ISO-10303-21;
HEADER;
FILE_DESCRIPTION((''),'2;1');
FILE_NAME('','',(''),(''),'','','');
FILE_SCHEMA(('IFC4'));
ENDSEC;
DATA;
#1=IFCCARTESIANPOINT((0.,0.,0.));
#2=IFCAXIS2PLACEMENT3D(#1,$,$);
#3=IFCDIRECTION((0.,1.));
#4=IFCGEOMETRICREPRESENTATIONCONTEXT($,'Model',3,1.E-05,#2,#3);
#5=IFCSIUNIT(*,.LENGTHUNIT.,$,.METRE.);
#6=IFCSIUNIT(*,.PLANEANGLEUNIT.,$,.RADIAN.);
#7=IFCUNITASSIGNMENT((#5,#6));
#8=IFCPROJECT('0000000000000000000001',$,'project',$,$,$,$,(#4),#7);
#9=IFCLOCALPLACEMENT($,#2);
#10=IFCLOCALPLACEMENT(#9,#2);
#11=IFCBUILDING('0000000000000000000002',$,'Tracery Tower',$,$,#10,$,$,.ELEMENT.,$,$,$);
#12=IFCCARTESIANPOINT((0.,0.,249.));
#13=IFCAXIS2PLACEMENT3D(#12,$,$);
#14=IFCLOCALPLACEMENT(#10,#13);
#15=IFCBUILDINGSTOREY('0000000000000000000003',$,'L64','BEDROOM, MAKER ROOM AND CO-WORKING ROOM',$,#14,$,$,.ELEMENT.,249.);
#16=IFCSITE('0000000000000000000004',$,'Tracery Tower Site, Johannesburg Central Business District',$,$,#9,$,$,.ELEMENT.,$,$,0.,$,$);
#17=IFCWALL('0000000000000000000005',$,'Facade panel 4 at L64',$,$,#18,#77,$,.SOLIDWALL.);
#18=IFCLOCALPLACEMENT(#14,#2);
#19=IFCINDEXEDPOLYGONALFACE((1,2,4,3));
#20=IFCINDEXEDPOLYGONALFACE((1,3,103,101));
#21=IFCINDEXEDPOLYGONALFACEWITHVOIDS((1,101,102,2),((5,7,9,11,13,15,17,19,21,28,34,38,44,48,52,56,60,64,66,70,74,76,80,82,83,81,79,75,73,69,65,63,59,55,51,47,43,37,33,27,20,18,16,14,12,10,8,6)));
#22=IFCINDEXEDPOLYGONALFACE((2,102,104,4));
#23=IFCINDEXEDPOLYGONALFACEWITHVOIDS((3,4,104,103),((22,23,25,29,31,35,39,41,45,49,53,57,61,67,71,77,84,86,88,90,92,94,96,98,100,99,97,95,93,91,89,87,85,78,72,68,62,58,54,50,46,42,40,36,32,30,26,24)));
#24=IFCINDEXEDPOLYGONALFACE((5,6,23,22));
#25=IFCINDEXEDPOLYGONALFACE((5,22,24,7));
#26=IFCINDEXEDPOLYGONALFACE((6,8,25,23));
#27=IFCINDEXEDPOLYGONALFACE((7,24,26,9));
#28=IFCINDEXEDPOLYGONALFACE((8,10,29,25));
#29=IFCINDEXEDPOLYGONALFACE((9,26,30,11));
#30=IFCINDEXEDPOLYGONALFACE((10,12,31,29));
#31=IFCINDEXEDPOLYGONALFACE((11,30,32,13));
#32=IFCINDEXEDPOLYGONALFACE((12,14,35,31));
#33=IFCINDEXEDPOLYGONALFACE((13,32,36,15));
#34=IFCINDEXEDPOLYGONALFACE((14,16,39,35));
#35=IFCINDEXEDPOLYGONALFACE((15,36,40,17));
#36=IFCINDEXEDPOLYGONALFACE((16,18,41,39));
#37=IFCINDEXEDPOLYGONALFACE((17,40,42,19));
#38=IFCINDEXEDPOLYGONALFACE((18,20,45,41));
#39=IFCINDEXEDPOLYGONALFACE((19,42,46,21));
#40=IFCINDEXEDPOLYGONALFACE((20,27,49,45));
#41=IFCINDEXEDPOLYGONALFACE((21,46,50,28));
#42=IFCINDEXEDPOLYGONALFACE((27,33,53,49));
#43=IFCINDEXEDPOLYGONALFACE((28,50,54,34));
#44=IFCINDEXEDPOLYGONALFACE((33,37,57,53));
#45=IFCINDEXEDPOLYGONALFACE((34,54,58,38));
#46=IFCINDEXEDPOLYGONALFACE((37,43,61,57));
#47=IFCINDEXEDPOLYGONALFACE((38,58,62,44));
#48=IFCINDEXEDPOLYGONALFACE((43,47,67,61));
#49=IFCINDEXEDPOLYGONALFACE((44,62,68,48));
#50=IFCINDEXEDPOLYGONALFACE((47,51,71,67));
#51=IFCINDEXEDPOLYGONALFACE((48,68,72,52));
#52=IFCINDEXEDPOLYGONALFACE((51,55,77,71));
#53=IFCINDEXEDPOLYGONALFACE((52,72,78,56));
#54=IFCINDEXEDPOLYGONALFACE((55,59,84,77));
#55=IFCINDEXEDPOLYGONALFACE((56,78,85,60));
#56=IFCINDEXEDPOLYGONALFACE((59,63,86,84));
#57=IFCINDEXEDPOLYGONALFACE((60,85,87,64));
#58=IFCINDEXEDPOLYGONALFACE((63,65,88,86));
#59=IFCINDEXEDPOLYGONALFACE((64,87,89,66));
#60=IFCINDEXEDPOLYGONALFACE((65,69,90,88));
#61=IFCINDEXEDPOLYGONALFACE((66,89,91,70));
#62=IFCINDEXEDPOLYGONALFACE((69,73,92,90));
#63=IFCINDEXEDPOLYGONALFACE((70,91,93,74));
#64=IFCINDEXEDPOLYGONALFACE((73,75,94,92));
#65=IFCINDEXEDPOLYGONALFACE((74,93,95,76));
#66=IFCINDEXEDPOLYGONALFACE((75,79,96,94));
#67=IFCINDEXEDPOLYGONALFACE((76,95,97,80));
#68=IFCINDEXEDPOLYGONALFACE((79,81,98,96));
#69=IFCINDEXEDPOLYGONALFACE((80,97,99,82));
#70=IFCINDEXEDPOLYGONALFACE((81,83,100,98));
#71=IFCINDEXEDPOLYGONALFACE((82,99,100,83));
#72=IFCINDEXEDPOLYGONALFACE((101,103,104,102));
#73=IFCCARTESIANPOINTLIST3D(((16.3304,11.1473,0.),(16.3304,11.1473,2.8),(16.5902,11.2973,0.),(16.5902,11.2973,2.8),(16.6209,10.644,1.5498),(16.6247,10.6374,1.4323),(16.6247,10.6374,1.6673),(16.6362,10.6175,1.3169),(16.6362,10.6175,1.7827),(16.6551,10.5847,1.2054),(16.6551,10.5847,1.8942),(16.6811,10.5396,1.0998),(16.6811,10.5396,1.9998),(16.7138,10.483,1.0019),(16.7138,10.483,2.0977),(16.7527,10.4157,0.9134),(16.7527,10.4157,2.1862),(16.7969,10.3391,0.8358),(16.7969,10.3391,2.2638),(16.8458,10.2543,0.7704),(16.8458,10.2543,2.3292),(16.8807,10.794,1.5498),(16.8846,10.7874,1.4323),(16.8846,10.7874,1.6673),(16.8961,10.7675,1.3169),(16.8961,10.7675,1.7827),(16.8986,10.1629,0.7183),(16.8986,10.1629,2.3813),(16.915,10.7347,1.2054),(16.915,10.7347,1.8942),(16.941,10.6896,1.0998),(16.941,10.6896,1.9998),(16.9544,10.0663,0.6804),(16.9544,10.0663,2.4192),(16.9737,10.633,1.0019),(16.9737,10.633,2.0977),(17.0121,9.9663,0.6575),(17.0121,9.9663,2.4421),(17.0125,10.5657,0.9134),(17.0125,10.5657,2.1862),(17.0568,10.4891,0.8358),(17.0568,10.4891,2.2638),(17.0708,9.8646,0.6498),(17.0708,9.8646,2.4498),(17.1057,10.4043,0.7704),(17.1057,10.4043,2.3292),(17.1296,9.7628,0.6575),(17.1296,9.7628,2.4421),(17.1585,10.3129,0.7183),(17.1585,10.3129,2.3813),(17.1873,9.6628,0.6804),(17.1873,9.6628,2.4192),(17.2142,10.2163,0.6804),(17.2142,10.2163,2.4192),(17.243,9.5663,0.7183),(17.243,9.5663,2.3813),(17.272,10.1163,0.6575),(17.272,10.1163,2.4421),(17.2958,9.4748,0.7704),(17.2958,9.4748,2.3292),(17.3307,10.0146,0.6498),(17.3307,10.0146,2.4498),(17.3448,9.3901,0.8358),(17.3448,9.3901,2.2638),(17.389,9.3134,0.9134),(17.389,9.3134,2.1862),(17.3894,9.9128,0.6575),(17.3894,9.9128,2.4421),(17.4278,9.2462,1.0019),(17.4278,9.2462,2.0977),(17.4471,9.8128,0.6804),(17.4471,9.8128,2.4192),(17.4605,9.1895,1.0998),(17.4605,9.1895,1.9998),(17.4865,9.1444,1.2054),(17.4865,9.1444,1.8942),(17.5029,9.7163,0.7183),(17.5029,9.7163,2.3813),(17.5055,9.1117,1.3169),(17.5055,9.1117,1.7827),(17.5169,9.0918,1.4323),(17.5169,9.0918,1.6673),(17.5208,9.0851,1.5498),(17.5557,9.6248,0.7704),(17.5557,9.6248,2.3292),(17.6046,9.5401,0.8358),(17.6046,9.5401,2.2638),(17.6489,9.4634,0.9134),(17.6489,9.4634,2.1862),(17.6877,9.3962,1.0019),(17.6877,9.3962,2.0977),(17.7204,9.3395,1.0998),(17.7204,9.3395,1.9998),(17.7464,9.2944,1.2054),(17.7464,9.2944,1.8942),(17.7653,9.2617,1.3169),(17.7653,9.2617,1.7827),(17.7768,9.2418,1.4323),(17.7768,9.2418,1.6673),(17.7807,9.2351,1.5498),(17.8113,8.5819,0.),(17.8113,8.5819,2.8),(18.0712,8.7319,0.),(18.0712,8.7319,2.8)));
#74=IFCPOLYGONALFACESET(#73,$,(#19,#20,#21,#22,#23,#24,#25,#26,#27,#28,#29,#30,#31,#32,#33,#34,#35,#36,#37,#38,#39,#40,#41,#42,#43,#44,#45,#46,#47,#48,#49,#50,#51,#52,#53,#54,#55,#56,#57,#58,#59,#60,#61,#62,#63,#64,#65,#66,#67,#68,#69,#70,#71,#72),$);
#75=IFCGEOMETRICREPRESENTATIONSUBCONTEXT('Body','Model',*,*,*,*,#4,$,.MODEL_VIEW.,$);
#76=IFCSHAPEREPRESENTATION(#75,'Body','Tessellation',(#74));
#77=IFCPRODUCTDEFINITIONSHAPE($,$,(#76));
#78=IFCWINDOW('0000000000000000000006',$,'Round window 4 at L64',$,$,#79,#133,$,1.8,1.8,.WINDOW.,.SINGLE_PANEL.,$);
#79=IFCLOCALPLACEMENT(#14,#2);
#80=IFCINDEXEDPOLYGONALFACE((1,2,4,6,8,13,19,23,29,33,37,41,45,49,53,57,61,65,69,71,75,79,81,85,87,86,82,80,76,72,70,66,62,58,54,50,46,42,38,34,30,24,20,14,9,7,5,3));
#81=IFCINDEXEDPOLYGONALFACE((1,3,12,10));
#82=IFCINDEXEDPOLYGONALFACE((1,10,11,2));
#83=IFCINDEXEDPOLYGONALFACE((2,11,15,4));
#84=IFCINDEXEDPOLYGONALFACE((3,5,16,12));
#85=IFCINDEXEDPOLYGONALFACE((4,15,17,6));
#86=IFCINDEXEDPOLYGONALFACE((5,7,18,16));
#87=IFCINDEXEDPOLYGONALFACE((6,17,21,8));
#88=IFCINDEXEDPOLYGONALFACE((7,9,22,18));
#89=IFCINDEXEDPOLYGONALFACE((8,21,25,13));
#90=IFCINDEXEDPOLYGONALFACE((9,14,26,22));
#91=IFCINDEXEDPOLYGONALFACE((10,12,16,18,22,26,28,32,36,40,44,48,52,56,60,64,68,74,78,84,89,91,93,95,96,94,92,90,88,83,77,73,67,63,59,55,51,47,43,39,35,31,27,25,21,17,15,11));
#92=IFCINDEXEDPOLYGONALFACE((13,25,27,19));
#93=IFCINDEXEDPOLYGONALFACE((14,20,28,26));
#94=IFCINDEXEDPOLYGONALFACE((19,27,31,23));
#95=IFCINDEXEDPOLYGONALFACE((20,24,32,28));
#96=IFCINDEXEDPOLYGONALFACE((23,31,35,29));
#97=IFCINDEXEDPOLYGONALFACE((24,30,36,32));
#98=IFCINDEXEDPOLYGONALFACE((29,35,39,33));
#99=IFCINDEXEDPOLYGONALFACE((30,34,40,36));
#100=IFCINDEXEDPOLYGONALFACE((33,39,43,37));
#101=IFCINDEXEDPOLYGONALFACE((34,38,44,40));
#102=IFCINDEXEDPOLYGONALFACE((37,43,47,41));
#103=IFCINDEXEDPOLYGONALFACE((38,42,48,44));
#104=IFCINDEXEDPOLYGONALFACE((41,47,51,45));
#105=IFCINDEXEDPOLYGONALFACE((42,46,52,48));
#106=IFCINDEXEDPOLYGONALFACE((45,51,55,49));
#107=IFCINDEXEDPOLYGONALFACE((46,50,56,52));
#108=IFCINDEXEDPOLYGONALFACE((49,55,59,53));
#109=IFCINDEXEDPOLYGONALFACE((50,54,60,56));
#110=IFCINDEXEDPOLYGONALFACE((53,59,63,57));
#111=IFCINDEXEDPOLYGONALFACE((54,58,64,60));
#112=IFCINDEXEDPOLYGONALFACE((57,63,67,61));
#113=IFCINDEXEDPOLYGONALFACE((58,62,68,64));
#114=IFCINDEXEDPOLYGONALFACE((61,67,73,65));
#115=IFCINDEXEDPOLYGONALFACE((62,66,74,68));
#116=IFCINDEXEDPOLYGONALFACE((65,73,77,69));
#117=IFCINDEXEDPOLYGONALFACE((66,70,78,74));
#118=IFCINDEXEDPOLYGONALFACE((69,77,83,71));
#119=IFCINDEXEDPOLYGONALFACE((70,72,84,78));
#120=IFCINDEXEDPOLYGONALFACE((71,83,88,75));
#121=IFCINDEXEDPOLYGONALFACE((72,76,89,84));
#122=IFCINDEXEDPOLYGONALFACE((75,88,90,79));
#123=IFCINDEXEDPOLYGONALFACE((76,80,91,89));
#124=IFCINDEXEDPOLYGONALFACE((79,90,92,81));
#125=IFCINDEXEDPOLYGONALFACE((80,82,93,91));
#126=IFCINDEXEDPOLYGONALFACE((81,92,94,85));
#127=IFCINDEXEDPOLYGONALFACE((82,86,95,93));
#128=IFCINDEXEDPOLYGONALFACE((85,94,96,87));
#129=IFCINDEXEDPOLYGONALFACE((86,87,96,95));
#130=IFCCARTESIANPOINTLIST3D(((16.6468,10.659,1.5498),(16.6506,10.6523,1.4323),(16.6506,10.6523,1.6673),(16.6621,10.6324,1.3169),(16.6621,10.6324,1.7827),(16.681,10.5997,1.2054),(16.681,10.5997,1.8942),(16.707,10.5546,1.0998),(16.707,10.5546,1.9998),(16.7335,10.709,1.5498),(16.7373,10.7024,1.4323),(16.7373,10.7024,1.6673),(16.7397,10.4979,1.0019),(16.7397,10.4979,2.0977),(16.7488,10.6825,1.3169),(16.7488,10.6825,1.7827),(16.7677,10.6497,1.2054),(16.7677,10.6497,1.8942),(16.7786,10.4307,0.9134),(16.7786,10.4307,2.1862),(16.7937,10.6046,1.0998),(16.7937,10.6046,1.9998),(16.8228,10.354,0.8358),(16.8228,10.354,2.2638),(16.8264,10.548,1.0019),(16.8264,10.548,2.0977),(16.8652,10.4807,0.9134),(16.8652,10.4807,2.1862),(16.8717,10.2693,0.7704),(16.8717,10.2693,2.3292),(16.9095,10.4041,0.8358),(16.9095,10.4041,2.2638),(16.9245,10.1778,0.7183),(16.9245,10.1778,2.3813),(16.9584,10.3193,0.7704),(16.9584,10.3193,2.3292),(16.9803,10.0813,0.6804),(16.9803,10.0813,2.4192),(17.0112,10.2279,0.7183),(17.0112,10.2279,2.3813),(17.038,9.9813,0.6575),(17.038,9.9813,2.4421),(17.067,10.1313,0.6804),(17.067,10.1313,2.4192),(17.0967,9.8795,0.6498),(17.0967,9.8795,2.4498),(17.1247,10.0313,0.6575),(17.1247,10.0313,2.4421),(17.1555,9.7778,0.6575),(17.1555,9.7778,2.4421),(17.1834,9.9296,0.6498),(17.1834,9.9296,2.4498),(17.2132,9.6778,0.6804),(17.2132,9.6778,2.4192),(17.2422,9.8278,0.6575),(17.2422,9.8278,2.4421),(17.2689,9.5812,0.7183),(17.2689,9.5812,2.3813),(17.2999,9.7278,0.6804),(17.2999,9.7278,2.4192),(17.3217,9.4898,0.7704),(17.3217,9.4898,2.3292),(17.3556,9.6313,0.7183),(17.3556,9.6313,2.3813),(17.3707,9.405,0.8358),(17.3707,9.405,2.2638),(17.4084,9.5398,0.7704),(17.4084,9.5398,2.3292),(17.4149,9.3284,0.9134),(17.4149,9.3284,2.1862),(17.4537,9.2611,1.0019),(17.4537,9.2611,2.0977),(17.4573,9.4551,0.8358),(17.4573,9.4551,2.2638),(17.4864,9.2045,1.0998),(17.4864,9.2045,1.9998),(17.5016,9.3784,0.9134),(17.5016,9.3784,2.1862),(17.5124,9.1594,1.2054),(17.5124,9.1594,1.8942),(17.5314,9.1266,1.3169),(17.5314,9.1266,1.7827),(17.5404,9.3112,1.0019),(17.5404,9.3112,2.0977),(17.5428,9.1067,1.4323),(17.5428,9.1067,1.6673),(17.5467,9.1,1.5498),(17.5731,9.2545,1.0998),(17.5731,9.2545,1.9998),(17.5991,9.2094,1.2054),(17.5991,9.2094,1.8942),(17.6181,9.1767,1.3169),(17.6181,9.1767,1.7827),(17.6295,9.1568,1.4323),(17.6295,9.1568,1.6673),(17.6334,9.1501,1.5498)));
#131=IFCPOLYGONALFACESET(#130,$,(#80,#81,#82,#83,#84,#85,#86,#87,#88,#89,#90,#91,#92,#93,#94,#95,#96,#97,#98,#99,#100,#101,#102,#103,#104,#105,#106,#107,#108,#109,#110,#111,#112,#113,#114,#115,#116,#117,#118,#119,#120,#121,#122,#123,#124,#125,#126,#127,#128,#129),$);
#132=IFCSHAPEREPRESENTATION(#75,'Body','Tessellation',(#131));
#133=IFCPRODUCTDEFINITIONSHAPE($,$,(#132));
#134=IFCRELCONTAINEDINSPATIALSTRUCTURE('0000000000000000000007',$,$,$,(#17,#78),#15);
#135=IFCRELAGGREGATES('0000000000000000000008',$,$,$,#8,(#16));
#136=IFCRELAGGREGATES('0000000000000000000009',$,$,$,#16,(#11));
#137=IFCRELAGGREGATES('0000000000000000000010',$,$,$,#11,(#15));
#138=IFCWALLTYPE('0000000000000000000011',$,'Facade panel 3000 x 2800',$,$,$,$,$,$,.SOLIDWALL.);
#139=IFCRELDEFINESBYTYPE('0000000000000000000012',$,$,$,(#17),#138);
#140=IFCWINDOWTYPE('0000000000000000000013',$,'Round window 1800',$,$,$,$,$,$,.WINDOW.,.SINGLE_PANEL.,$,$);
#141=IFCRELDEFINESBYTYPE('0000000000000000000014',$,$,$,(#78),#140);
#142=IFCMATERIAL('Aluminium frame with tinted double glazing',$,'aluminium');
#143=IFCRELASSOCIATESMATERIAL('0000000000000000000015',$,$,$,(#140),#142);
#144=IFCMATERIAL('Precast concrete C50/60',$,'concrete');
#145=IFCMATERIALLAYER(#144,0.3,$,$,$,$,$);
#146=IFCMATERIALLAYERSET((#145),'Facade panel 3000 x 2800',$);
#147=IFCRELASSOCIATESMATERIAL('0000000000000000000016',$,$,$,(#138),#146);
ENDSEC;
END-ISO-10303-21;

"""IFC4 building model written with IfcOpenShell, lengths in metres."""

from ifc_helpers import new_model, si_unit, direction, frame, frame_2d, origin, origin_2d, place, context, subcontext, project, spatial, rectangle, circle, extrude, material, layer, layer_set, type_object, element, fill, save


model = new_model("IFC4")

# Units and contexts
model_context = context("Model", 3, precision=1e-05, world=origin(), true_north=direction((0.0, 1.0)))
body_context = subcontext(model_context, "Body", "Model", "MODEL_VIEW")
ifc_project = project(units=[si_unit("LENGTHUNIT", "METRE"), si_unit("PLANEANGLEUNIT", "RADIAN")], contexts=[model_context])

# Site, building, storey
site_placement = place(None, origin())
site = spatial("IfcSite", under=ifc_project, at=site_placement, Name="Tracery Tower Site, Johannesburg Central Business District", CompositionType="ELEMENT", RefElevation=0.0)
building_placement = place(site_placement, origin())
building = spatial("IfcBuilding", under=site, at=building_placement, Name="Tracery Tower", CompositionType="ELEMENT")
storey_placement = place(building_placement, frame((0.0, 0.0, 249.0)))
storey = spatial("IfcBuildingStorey", under=building, at=storey_placement, Name="L64", Description="BEDROOM, MAKER ROOM AND CO-WORKING ROOM", CompositionType="ELEMENT", Elevation=249.0)

# Wall, opening, window
ifc_material_1 = material(Name="Aluminium frame with tinted double glazing", Category="aluminium")
window_type = type_object("IfcWindowType", Name="Round window 1800", PartitioningType="SINGLE_PANEL", PredefinedType="WINDOW", material=ifc_material_1)
ifc_material_2 = material(Name="Precast concrete C50/60", Category="concrete")
ifc_layer_1 = layer(ifc_material_2, 0.3)
ifc_layer_set_1 = layer_set([ifc_layer_1], Name="Facade panel 3000 x 2800")
wall_type_1 = type_object("IfcWallType", Name="Facade panel 3000 x 2800", PredefinedType="SOLIDWALL", material=ifc_layer_set_1)
wall_1_placement = place(storey_placement, frame((17.9412, 8.657, 0.0), z_axis=(0.0, 0.0, 1.0), x_axis=(-0.499951, 0.866054, 0.0)))
wall_1 = element("IfcWall", 1, at=wall_1_placement, inside=storey, type_object=wall_type_1, Name="Facade panel 4 at L64", PredefinedType="SOLIDWALL", context=body_context, shape_type="SweptSolid", body=[
    extrude(rectangle(XDim=2.9622, YDim=0.3, at=frame_2d((1.481, 0.0))), origin(), (0.0, 0.0, 1.0), 2.8),
])
opening_1_placement = place(wall_1_placement, frame((1.481, 0.0, 1.5498)))
opening_1 = element("IfcOpeningElement", 2, at=opening_1_placement, cuts=wall_1, PredefinedType="OPENING", context=body_context, shape_type="SweptSolid", body=[
    extrude(circle(Radius=0.9, at=origin_2d()), frame((0.0, 0.1599, 0.0), z_axis=(0.0, -1.0, 0.0), x_axis=(1.0, 0.0, 0.0)), (0.0, 0.0, 1.0), 0.3201),
])
window_1_placement = place(opening_1_placement, origin())
window_1 = element("IfcWindow", 3, at=window_1_placement, inside=storey, type_object=window_type, Name="Round window 4 at L64", OverallHeight=1.8, OverallWidth=1.8, PartitioningType="SINGLE_PANEL", PredefinedType="WINDOW", context=body_context, shape_type="SweptSolid", body=[
    extrude(circle(Radius=0.9, at=origin_2d()), frame((0.0, 0.1201, 0.0), z_axis=(0.0, -1.0, 0.0), x_axis=(1.0, 0.0, 0.0)), (0.0, 0.0, 1.0), 0.1001),
])
fill(opening_1, window_1)

save(model, "model.ifc")
